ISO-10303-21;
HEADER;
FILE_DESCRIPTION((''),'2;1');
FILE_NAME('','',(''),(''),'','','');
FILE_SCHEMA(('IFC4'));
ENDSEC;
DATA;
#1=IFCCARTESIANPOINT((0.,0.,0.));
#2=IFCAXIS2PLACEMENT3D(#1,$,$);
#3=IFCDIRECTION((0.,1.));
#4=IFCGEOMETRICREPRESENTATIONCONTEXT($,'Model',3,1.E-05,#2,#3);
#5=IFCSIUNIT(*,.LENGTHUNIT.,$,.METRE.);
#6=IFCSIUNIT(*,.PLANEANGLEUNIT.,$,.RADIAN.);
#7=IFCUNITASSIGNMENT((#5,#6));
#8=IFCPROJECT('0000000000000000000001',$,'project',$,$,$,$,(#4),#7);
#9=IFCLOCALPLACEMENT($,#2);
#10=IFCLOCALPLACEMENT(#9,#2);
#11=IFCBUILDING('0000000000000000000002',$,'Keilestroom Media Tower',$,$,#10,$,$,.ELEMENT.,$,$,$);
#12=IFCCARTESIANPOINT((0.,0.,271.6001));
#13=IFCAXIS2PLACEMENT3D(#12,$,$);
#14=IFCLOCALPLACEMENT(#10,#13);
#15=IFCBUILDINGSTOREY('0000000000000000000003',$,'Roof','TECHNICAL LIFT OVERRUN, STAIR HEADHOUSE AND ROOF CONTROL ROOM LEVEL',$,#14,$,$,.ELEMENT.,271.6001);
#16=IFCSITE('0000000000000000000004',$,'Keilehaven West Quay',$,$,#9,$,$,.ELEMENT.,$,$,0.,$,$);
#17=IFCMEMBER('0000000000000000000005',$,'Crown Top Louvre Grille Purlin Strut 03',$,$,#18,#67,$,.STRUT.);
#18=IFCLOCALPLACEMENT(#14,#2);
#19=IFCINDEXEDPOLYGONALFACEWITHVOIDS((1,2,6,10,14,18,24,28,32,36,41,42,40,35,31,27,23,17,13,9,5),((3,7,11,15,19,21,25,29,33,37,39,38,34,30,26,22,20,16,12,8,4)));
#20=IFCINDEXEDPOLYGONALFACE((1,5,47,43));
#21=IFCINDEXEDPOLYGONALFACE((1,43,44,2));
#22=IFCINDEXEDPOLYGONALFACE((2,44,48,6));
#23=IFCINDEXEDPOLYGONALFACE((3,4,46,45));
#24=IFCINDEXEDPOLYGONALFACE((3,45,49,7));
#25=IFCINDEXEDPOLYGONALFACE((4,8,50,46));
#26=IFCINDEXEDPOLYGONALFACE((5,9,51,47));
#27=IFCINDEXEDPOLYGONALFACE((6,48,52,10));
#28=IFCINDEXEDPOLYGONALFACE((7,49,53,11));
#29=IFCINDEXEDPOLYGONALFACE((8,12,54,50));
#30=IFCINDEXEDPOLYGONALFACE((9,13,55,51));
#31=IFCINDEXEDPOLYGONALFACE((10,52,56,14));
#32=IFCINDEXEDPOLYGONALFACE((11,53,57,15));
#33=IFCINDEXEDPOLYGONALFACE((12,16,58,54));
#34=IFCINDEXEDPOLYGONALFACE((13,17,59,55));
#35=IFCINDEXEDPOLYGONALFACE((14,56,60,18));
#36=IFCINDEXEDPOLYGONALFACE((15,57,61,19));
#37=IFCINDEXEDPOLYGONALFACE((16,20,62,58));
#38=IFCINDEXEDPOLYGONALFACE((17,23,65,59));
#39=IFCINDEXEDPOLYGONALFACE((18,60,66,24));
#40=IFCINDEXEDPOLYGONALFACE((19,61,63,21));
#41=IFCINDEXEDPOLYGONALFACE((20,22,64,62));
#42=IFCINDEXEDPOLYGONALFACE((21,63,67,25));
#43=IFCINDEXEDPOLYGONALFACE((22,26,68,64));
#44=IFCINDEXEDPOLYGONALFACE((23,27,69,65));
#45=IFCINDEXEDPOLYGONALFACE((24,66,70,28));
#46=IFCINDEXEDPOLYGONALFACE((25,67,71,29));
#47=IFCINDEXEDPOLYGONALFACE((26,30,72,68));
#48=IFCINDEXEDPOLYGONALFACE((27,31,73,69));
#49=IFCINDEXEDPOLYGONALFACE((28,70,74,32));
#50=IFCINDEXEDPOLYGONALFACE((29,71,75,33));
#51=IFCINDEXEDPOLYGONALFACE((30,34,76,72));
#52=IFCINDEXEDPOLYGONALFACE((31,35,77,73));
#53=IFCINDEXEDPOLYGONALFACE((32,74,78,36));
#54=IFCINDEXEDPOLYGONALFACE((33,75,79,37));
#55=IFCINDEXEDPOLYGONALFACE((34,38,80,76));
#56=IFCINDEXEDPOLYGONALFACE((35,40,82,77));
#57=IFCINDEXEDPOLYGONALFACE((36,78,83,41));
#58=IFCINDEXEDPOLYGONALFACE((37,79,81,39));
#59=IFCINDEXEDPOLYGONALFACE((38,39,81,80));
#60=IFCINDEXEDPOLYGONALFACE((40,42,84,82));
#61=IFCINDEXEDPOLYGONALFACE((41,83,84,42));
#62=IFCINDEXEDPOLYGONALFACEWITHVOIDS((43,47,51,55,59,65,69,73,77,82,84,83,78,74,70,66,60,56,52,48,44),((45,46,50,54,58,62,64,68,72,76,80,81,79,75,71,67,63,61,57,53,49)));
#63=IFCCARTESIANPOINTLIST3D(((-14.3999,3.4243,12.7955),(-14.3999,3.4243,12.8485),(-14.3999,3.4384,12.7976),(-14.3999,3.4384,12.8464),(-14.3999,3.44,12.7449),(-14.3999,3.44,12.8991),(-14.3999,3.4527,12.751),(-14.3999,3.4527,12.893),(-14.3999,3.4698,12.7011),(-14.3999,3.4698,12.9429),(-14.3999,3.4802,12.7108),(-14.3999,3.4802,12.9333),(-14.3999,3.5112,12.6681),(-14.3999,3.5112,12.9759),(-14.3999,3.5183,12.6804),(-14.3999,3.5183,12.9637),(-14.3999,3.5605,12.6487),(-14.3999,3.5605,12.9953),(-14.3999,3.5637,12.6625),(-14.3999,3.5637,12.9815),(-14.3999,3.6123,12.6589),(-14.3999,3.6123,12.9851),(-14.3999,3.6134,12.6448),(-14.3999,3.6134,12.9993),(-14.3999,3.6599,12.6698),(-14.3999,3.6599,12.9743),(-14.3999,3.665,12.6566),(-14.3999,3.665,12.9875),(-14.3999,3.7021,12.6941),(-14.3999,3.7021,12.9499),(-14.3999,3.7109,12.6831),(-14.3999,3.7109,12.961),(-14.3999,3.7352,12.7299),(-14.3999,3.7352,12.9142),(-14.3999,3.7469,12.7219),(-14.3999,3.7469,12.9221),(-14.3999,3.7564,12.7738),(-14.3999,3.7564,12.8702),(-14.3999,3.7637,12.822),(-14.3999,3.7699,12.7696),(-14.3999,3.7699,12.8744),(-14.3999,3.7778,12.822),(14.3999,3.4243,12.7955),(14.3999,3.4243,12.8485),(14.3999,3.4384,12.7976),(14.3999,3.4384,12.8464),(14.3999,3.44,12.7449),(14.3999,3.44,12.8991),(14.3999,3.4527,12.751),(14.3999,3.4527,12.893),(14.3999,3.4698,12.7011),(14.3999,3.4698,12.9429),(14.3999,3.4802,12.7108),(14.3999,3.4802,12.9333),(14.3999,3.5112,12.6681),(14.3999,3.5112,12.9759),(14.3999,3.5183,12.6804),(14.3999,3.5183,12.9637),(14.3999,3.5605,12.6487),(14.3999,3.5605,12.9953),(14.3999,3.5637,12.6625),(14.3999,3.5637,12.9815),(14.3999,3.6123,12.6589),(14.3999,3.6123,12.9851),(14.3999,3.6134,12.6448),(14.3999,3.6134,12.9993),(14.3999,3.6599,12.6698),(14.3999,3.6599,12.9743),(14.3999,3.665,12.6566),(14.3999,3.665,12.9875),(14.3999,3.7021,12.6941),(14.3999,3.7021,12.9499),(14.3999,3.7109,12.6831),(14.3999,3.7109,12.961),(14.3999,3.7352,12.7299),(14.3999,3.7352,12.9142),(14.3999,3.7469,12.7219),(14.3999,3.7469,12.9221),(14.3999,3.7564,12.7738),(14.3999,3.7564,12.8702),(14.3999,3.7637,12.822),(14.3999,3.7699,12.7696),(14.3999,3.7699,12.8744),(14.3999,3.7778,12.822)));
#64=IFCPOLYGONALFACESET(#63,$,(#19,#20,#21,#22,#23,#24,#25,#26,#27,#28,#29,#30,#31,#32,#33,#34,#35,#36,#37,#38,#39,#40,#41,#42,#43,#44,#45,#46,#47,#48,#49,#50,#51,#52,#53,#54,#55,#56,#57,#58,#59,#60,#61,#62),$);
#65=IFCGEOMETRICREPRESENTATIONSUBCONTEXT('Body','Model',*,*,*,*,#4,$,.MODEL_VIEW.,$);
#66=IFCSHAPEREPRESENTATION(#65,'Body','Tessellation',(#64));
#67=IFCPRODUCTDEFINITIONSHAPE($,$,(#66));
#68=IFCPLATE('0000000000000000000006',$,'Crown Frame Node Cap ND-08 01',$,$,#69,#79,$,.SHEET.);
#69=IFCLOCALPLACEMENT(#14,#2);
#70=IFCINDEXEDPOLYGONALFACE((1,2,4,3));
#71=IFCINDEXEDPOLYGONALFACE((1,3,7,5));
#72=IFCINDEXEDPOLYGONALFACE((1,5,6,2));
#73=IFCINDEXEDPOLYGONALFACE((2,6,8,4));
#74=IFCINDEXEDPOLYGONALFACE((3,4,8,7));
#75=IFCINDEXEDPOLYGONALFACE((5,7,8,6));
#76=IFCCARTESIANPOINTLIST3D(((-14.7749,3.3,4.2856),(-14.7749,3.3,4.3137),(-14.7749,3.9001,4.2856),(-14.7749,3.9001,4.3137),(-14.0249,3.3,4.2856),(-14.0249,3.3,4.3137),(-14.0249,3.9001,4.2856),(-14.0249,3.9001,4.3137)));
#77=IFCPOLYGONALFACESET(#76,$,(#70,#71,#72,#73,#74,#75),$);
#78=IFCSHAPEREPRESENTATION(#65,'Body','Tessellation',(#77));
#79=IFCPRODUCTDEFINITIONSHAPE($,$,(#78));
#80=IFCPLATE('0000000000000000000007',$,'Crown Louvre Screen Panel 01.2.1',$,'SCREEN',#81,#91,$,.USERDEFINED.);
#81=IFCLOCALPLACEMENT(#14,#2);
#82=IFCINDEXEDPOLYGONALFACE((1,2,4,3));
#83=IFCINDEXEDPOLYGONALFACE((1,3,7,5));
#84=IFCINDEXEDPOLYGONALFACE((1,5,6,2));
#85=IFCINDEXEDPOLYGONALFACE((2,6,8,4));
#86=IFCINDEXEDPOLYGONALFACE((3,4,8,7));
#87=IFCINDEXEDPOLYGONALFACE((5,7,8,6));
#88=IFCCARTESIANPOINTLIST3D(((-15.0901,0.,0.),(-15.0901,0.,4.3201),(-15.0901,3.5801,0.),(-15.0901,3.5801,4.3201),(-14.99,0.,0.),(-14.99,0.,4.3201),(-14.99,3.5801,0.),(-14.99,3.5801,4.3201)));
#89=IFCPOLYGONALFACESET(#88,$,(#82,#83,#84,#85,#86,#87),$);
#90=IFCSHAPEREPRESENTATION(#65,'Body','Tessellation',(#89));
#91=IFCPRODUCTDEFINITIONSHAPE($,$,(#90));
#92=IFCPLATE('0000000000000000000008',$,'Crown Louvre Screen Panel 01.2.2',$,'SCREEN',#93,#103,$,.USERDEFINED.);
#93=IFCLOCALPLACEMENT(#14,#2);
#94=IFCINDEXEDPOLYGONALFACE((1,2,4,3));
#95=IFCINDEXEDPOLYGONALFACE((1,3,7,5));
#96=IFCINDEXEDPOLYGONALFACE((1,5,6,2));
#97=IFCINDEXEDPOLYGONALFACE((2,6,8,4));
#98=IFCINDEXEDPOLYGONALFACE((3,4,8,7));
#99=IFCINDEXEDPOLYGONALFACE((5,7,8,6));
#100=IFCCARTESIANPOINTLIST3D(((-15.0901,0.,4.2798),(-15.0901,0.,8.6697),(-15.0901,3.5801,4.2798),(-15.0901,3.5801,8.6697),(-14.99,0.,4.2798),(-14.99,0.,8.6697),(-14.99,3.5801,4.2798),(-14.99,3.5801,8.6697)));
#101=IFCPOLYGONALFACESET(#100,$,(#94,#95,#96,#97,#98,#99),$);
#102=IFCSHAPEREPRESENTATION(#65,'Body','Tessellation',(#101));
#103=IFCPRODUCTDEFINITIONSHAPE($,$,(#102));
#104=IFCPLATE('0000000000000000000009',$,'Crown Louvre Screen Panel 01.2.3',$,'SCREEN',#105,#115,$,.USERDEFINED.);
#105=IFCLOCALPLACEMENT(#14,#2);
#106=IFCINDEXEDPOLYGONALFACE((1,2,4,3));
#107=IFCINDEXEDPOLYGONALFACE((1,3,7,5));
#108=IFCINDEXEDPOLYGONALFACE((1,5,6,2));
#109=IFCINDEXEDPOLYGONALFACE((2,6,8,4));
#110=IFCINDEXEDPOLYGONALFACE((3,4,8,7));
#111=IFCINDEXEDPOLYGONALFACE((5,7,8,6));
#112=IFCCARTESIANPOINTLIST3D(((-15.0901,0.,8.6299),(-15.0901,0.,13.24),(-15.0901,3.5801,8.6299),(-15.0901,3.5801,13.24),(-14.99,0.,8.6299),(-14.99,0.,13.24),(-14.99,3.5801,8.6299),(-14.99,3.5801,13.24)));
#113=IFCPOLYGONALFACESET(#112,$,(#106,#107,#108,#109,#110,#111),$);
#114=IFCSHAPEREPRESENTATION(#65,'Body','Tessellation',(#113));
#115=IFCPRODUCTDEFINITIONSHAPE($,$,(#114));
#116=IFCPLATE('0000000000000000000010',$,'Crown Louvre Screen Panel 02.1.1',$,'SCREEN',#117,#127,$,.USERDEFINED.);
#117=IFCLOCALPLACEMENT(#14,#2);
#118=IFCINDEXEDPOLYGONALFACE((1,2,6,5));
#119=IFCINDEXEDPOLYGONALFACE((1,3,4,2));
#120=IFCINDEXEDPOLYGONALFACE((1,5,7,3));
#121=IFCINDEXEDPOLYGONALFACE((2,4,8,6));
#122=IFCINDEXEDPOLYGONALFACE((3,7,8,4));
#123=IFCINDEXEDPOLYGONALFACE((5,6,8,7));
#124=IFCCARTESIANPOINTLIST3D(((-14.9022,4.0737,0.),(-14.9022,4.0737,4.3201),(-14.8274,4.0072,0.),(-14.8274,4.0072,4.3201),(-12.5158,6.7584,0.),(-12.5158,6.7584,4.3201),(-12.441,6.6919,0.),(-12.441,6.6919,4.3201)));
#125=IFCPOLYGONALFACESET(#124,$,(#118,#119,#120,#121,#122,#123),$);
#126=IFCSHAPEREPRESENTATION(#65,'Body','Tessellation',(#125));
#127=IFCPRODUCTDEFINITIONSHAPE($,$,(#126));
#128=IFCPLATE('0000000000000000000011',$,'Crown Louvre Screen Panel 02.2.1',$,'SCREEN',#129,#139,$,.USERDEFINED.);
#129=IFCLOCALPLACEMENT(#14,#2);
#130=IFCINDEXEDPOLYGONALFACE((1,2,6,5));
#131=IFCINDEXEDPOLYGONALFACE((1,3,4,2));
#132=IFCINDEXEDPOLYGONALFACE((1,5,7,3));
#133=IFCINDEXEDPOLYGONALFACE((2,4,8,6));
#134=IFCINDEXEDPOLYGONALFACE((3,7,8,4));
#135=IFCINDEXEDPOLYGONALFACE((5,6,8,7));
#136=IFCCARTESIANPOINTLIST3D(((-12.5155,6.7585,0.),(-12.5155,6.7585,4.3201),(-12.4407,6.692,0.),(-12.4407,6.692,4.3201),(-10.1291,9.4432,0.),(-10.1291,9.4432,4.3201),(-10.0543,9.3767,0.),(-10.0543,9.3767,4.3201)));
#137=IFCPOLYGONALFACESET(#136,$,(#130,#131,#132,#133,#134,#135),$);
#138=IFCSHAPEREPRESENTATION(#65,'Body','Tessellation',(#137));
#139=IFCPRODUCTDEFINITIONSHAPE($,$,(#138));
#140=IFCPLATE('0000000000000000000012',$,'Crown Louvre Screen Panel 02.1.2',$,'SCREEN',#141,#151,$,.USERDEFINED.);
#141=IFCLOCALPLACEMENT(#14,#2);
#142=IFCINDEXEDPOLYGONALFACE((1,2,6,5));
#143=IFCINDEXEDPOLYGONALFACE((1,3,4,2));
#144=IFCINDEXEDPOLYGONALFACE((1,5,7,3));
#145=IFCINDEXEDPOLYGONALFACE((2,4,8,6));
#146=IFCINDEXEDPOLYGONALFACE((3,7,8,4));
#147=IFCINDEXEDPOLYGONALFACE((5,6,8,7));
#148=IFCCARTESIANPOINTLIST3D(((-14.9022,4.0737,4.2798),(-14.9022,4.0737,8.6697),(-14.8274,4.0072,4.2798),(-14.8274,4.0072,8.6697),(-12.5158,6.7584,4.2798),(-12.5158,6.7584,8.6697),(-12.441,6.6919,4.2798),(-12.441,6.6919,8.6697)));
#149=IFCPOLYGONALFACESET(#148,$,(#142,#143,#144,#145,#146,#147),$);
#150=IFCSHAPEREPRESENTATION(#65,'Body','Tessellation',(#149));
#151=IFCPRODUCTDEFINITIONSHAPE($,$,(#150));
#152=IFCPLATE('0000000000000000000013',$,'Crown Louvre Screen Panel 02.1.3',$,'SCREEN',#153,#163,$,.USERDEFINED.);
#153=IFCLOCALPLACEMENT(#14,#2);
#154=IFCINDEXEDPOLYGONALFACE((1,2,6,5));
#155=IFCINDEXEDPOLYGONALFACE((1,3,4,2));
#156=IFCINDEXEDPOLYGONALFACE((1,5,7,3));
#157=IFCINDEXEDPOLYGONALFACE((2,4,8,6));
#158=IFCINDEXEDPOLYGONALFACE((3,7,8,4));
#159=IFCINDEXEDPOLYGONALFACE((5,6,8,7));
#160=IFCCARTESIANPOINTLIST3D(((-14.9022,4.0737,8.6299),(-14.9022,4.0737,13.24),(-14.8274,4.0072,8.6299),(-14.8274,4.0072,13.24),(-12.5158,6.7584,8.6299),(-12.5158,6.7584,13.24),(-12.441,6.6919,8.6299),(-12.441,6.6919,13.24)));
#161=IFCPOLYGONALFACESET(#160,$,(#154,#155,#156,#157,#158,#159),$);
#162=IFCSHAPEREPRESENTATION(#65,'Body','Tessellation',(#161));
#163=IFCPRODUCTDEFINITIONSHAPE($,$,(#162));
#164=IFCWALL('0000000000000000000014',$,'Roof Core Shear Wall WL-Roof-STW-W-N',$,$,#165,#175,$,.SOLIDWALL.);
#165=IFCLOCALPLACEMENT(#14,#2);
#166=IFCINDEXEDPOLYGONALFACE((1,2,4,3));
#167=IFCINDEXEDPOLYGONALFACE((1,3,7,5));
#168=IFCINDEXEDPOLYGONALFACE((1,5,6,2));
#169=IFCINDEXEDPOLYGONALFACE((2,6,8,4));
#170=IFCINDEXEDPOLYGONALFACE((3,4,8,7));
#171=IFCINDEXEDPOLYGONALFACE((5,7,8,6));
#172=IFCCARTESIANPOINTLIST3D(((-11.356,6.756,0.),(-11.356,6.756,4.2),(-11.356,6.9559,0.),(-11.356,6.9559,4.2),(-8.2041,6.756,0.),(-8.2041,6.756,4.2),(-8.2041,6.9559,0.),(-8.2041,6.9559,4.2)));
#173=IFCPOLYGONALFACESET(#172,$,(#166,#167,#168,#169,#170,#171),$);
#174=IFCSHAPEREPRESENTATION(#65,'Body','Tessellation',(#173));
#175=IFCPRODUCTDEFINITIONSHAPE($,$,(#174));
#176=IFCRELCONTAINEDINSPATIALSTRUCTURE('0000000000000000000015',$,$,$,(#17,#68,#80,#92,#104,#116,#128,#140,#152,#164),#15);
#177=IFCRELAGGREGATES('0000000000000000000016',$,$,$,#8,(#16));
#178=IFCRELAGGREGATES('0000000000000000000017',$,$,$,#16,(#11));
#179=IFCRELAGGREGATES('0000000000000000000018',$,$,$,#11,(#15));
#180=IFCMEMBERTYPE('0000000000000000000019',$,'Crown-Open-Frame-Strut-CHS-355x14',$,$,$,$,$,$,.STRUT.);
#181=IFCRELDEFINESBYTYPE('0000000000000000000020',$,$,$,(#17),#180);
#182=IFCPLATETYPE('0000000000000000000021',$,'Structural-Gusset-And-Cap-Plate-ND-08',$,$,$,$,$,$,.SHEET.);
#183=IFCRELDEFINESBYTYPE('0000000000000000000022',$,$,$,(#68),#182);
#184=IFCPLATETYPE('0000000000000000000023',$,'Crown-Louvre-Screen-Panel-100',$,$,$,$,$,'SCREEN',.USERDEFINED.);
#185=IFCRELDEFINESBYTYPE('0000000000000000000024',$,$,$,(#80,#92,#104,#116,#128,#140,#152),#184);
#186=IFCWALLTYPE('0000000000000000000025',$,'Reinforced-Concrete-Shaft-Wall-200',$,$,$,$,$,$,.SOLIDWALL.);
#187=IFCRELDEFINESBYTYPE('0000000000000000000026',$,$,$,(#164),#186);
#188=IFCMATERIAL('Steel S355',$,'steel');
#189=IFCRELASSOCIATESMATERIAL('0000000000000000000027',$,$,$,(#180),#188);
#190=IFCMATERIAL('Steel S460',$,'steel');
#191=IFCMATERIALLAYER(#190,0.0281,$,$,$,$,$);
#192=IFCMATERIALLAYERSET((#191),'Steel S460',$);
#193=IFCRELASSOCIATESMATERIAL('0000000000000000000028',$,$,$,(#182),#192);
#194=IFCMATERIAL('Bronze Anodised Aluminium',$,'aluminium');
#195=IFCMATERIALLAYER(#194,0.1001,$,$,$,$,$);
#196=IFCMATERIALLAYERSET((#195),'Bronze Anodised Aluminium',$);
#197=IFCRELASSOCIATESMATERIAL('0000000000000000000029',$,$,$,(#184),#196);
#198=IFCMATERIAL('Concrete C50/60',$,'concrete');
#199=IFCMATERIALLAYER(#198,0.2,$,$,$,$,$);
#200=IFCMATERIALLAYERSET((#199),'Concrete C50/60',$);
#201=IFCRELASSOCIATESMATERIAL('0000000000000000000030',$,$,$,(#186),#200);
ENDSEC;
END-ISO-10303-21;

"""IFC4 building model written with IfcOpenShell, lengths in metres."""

from ifc_helpers import new_model, si_unit, direction, frame, frame_2d, origin, origin_2d, place, context, subcontext, project, spatial, rectangle, hollow_circle, extrude, source, transform, mapped, material, layer, layer_set, material_profile, profile_set, type_object, element, save


model = new_model("IFC4")

# Units and contexts
model_context = context("Model", 3, precision=1e-05, world=origin(), true_north=direction((0.0, 1.0)))
body_context = subcontext(model_context, "Body", "Model", "MODEL_VIEW")
ifc_project = project(units=[si_unit("LENGTHUNIT", "METRE"), si_unit("PLANEANGLEUNIT", "RADIAN")], contexts=[model_context])

# Site, building, storey
site_placement = place(None, origin())
site = spatial("IfcSite", under=ifc_project, at=site_placement, Name="Keilehaven West Quay", CompositionType="ELEMENT", RefElevation=0.0)
building_placement = place(site_placement, origin())
building = spatial("IfcBuilding", under=site, at=building_placement, Name="Keilestroom Media Tower", CompositionType="ELEMENT")
storey_placement = place(building_placement, frame((0.0, 0.0, 271.6001)))
storey = spatial("IfcBuildingStorey", under=building, at=storey_placement, Name="Roof", Description="TECHNICAL LIFT OVERRUN, STAIR HEADHOUSE AND ROOF CONTROL ROOM LEVEL", CompositionType="ELEMENT", Elevation=271.6001)

# Shared definitions
ifc_material_1 = material(Name="Steel S355", Category="steel")
ifc_material_profile_1 = material_profile(ifc_material_1, hollow_circle(Radius=0.1777, WallThickness=0.0142, at=origin_2d()), Name="CHS 355.6x14.2")
ifc_profile_set_1 = profile_set([ifc_material_profile_1], Name="Steel S355")
member_type_1 = type_object("IfcMemberType", Name="Crown-Open-Frame-Strut-CHS-355x14", PredefinedType="STRUT", material=ifc_profile_set_1)

# Member
ifc_material_2 = material(Name="Steel S460", Category="steel")
shared_shape_1 = source(origin(), body_context, "Body", "SweptSolid", [
    extrude(hollow_circle(Radius=0.1777, WallThickness=0.0142, at=origin_2d()), origin(), (0.0, 0.0, 1.0), 28.7998),
])
member_1_placement = place(storey_placement, frame((-14.3999, 3.6001, 12.822), z_axis=(1.0, 0.0, 0.0), x_axis=(0.0, 1.0, 0.0)))
element("IfcMember", 1, at=member_1_placement, inside=storey, type_object=member_type_1, Name="Crown Top Louvre Grille Purlin Strut 03", PredefinedType="STRUT", context=body_context, shape_type="MappedRepresentation", body=[
    mapped(shared_shape_1, transform((0.0, 0.0, 0.0), x_axis=(1.0, 0.0, 0.0), y_axis=(0.0, 1.0, 0.0), z_axis=(0.0, 0.0, 1.0), scale=1.0)),
])

# Plates
ifc_layer_1 = layer(ifc_material_2, 0.0281)
ifc_layer_set_1 = layer_set([ifc_layer_1], Name="Steel S460")
plate_type_1 = type_object("IfcPlateType", Name="Structural-Gusset-And-Cap-Plate-ND-08", PredefinedType="SHEET", material=ifc_layer_set_1)
shared_shape_2 = source(origin(), body_context, "Body", "SweptSolid", [
    extrude(rectangle(XDim=0.75, YDim=0.6001, at=origin_2d()), origin(), (0.0, 0.0, 1.0), 0.0281),
])
plate_1_placement = place(storey_placement, frame((-14.3999, 3.6001, 4.2856), z_axis=(0.0, 0.0, 1.0), x_axis=(1.0, 0.0, 0.0)))
element("IfcPlate", 2, at=plate_1_placement, inside=storey, type_object=plate_type_1, Name="Crown Frame Node Cap ND-08 01", PredefinedType="SHEET", context=body_context, shape_type="MappedRepresentation", body=[
    mapped(shared_shape_2, transform((0.0, 0.0, 0.0), x_axis=(1.0, 0.0, 0.0), y_axis=(0.0, 1.0, 0.0), z_axis=(0.0, 0.0, 1.0), scale=1.0)),
])
ifc_material_3 = material(Name="Bronze Anodised Aluminium", Category="aluminium")
ifc_layer_2 = layer(ifc_material_3, 0.1001)
ifc_layer_set_2 = layer_set([ifc_layer_2], Name="Bronze Anodised Aluminium")
plate_type_2 = type_object("IfcPlateType", Name="Crown-Louvre-Screen-Panel-100", ElementType="SCREEN", PredefinedType="USERDEFINED", material=ifc_layer_set_2)
shared_shape_3 = source(origin(), body_context, "Body", "SweptSolid", [
    extrude(rectangle(XDim=3.5801, YDim=0.1001, at=origin_2d()), origin(), (0.0, 0.0, 1.0), 4.3201),
])
plate_2_placement = place(storey_placement, frame((-15.04, 1.79, 0.0), z_axis=(0.0, 0.0, 1.0), x_axis=(0.0, 1.0, 0.0)))
element("IfcPlate", 3, at=plate_2_placement, inside=storey, type_object=plate_type_2, Name="Crown Louvre Screen Panel 01.2.1", ObjectType="SCREEN", PredefinedType="USERDEFINED", context=body_context, shape_type="MappedRepresentation", body=[
    mapped(shared_shape_3, transform((0.0, 0.0, 0.0), x_axis=(1.0, 0.0, 0.0), y_axis=(0.0, 1.0, 0.0), z_axis=(0.0, 0.0, 1.0), scale=1.0)),
])
shared_shape_4 = source(origin(), body_context, "Body", "SweptSolid", [
    extrude(rectangle(XDim=3.5801, YDim=0.1001, at=origin_2d()), origin(), (0.0, 0.0, 1.0), 4.3899),
])
plate_3_placement = place(storey_placement, frame((-15.04, 1.79, 4.2798), z_axis=(0.0, 0.0, 1.0), x_axis=(0.0, 1.0, 0.0)))
element("IfcPlate", 4, at=plate_3_placement, inside=storey, type_object=plate_type_2, Name="Crown Louvre Screen Panel 01.2.2", ObjectType="SCREEN", PredefinedType="USERDEFINED", context=body_context, shape_type="MappedRepresentation", body=[
    mapped(shared_shape_4, transform((0.0, 0.0, 0.0), x_axis=(1.0, 0.0, 0.0), y_axis=(0.0, 1.0, 0.0), z_axis=(0.0, 0.0, 1.0), scale=1.0)),
])
shared_shape_5 = source(origin(), body_context, "Body", "SweptSolid", [
    extrude(rectangle(XDim=3.5801, YDim=0.1001, at=origin_2d()), origin(), (0.0, 0.0, 1.0), 4.6101),
])
plate_4_placement = place(storey_placement, frame((-15.04, 1.79, 8.6299), z_axis=(0.0, 0.0, 1.0), x_axis=(0.0, 1.0, 0.0)))
element("IfcPlate", 5, at=plate_4_placement, inside=storey, type_object=plate_type_2, Name="Crown Louvre Screen Panel 01.2.3", ObjectType="SCREEN", PredefinedType="USERDEFINED", context=body_context, shape_type="MappedRepresentation", body=[
    mapped(shared_shape_5, transform((0.0, 0.0, 0.0), x_axis=(1.0, 0.0, 0.0), y_axis=(0.0, 1.0, 0.0), z_axis=(0.0, 0.0, 1.0), scale=1.0)),
])
shared_shape_6 = source(origin(), body_context, "Body", "SweptSolid", [
    extrude(rectangle(XDim=3.592, YDim=0.1001, at=origin_2d()), origin(), (0.0, 0.0, 1.0), 4.3201),
])
for number, where, z_axis, x_axis, name in (
    (6, (-13.6716, 5.3828, 0.0), (0.0, 0.0, 1.0), (0.664363, 0.74741, 0.0), "Crown Louvre Screen Panel 02.1.1"),
    (7, (-11.2849, 8.0676, 0.0), (0.0, 0.0, 1.0), (0.664363, 0.74741, 0.0), "Crown Louvre Screen Panel 02.2.1"),
):
    element("IfcPlate", number, at=place(storey_placement, frame(where, z_axis=z_axis, x_axis=x_axis)), inside=storey, type_object=plate_type_2, Name=name, ObjectType="SCREEN", PredefinedType="USERDEFINED", context=body_context, shape_type="MappedRepresentation", body=[
        mapped(shared_shape_6, transform((0.0, 0.0, 0.0), x_axis=(1.0, 0.0, 0.0), y_axis=(0.0, 1.0, 0.0), z_axis=(0.0, 0.0, 1.0), scale=1.0)),
    ])
shared_shape_7 = source(origin(), body_context, "Body", "SweptSolid", [
    extrude(rectangle(XDim=3.592, YDim=0.1001, at=origin_2d()), origin(), (0.0, 0.0, 1.0), 4.3899),
])
plate_5_placement = place(storey_placement, frame((-13.6716, 5.3828, 4.2798), z_axis=(0.0, 0.0, 1.0), x_axis=(0.664363, 0.74741, 0.0)))
element("IfcPlate", 8, at=plate_5_placement, inside=storey, type_object=plate_type_2, Name="Crown Louvre Screen Panel 02.1.2", ObjectType="SCREEN", PredefinedType="USERDEFINED", context=body_context, shape_type="MappedRepresentation", body=[
    mapped(shared_shape_7, transform((0.0, 0.0, 0.0), x_axis=(1.0, 0.0, 0.0), y_axis=(0.0, 1.0, 0.0), z_axis=(0.0, 0.0, 1.0), scale=1.0)),
])
shared_shape_8 = source(origin(), body_context, "Body", "SweptSolid", [
    extrude(rectangle(XDim=3.592, YDim=0.1001, at=origin_2d()), origin(), (0.0, 0.0, 1.0), 4.6101),
])
plate_6_placement = place(storey_placement, frame((-13.6716, 5.3828, 8.6299), z_axis=(0.0, 0.0, 1.0), x_axis=(0.664363, 0.74741, 0.0)))
element("IfcPlate", 9, at=plate_6_placement, inside=storey, type_object=plate_type_2, Name="Crown Louvre Screen Panel 02.1.3", ObjectType="SCREEN", PredefinedType="USERDEFINED", context=body_context, shape_type="MappedRepresentation", body=[
    mapped(shared_shape_8, transform((0.0, 0.0, 0.0), x_axis=(1.0, 0.0, 0.0), y_axis=(0.0, 1.0, 0.0), z_axis=(0.0, 0.0, 1.0), scale=1.0)),
])

# Wall
ifc_material_4 = material(Name="Concrete C50/60", Category="concrete")
ifc_layer_3 = layer(ifc_material_4, 0.2)
ifc_layer_set_3 = layer_set([ifc_layer_3], Name="Concrete C50/60")
wall_type = type_object("IfcWallType", Name="Reinforced-Concrete-Shaft-Wall-200", PredefinedType="SOLIDWALL", material=ifc_layer_set_3)
wall_placement = place(storey_placement, frame((-11.356, 6.856, 0.0), z_axis=(0.0, 0.0, 1.0), x_axis=(1.0, 0.0, 0.0)))
element("IfcWall", 10, at=wall_placement, inside=storey, type_object=wall_type, Name="Roof Core Shear Wall WL-Roof-STW-W-N", PredefinedType="SOLIDWALL", context=body_context, shape_type="SweptSolid", body=[
    extrude(rectangle(XDim=3.1519, YDim=0.2, at=frame_2d((1.5759, 0.0))), origin(), (0.0, 0.0, 1.0), 4.2),
])

save(model, "model.ifc")
